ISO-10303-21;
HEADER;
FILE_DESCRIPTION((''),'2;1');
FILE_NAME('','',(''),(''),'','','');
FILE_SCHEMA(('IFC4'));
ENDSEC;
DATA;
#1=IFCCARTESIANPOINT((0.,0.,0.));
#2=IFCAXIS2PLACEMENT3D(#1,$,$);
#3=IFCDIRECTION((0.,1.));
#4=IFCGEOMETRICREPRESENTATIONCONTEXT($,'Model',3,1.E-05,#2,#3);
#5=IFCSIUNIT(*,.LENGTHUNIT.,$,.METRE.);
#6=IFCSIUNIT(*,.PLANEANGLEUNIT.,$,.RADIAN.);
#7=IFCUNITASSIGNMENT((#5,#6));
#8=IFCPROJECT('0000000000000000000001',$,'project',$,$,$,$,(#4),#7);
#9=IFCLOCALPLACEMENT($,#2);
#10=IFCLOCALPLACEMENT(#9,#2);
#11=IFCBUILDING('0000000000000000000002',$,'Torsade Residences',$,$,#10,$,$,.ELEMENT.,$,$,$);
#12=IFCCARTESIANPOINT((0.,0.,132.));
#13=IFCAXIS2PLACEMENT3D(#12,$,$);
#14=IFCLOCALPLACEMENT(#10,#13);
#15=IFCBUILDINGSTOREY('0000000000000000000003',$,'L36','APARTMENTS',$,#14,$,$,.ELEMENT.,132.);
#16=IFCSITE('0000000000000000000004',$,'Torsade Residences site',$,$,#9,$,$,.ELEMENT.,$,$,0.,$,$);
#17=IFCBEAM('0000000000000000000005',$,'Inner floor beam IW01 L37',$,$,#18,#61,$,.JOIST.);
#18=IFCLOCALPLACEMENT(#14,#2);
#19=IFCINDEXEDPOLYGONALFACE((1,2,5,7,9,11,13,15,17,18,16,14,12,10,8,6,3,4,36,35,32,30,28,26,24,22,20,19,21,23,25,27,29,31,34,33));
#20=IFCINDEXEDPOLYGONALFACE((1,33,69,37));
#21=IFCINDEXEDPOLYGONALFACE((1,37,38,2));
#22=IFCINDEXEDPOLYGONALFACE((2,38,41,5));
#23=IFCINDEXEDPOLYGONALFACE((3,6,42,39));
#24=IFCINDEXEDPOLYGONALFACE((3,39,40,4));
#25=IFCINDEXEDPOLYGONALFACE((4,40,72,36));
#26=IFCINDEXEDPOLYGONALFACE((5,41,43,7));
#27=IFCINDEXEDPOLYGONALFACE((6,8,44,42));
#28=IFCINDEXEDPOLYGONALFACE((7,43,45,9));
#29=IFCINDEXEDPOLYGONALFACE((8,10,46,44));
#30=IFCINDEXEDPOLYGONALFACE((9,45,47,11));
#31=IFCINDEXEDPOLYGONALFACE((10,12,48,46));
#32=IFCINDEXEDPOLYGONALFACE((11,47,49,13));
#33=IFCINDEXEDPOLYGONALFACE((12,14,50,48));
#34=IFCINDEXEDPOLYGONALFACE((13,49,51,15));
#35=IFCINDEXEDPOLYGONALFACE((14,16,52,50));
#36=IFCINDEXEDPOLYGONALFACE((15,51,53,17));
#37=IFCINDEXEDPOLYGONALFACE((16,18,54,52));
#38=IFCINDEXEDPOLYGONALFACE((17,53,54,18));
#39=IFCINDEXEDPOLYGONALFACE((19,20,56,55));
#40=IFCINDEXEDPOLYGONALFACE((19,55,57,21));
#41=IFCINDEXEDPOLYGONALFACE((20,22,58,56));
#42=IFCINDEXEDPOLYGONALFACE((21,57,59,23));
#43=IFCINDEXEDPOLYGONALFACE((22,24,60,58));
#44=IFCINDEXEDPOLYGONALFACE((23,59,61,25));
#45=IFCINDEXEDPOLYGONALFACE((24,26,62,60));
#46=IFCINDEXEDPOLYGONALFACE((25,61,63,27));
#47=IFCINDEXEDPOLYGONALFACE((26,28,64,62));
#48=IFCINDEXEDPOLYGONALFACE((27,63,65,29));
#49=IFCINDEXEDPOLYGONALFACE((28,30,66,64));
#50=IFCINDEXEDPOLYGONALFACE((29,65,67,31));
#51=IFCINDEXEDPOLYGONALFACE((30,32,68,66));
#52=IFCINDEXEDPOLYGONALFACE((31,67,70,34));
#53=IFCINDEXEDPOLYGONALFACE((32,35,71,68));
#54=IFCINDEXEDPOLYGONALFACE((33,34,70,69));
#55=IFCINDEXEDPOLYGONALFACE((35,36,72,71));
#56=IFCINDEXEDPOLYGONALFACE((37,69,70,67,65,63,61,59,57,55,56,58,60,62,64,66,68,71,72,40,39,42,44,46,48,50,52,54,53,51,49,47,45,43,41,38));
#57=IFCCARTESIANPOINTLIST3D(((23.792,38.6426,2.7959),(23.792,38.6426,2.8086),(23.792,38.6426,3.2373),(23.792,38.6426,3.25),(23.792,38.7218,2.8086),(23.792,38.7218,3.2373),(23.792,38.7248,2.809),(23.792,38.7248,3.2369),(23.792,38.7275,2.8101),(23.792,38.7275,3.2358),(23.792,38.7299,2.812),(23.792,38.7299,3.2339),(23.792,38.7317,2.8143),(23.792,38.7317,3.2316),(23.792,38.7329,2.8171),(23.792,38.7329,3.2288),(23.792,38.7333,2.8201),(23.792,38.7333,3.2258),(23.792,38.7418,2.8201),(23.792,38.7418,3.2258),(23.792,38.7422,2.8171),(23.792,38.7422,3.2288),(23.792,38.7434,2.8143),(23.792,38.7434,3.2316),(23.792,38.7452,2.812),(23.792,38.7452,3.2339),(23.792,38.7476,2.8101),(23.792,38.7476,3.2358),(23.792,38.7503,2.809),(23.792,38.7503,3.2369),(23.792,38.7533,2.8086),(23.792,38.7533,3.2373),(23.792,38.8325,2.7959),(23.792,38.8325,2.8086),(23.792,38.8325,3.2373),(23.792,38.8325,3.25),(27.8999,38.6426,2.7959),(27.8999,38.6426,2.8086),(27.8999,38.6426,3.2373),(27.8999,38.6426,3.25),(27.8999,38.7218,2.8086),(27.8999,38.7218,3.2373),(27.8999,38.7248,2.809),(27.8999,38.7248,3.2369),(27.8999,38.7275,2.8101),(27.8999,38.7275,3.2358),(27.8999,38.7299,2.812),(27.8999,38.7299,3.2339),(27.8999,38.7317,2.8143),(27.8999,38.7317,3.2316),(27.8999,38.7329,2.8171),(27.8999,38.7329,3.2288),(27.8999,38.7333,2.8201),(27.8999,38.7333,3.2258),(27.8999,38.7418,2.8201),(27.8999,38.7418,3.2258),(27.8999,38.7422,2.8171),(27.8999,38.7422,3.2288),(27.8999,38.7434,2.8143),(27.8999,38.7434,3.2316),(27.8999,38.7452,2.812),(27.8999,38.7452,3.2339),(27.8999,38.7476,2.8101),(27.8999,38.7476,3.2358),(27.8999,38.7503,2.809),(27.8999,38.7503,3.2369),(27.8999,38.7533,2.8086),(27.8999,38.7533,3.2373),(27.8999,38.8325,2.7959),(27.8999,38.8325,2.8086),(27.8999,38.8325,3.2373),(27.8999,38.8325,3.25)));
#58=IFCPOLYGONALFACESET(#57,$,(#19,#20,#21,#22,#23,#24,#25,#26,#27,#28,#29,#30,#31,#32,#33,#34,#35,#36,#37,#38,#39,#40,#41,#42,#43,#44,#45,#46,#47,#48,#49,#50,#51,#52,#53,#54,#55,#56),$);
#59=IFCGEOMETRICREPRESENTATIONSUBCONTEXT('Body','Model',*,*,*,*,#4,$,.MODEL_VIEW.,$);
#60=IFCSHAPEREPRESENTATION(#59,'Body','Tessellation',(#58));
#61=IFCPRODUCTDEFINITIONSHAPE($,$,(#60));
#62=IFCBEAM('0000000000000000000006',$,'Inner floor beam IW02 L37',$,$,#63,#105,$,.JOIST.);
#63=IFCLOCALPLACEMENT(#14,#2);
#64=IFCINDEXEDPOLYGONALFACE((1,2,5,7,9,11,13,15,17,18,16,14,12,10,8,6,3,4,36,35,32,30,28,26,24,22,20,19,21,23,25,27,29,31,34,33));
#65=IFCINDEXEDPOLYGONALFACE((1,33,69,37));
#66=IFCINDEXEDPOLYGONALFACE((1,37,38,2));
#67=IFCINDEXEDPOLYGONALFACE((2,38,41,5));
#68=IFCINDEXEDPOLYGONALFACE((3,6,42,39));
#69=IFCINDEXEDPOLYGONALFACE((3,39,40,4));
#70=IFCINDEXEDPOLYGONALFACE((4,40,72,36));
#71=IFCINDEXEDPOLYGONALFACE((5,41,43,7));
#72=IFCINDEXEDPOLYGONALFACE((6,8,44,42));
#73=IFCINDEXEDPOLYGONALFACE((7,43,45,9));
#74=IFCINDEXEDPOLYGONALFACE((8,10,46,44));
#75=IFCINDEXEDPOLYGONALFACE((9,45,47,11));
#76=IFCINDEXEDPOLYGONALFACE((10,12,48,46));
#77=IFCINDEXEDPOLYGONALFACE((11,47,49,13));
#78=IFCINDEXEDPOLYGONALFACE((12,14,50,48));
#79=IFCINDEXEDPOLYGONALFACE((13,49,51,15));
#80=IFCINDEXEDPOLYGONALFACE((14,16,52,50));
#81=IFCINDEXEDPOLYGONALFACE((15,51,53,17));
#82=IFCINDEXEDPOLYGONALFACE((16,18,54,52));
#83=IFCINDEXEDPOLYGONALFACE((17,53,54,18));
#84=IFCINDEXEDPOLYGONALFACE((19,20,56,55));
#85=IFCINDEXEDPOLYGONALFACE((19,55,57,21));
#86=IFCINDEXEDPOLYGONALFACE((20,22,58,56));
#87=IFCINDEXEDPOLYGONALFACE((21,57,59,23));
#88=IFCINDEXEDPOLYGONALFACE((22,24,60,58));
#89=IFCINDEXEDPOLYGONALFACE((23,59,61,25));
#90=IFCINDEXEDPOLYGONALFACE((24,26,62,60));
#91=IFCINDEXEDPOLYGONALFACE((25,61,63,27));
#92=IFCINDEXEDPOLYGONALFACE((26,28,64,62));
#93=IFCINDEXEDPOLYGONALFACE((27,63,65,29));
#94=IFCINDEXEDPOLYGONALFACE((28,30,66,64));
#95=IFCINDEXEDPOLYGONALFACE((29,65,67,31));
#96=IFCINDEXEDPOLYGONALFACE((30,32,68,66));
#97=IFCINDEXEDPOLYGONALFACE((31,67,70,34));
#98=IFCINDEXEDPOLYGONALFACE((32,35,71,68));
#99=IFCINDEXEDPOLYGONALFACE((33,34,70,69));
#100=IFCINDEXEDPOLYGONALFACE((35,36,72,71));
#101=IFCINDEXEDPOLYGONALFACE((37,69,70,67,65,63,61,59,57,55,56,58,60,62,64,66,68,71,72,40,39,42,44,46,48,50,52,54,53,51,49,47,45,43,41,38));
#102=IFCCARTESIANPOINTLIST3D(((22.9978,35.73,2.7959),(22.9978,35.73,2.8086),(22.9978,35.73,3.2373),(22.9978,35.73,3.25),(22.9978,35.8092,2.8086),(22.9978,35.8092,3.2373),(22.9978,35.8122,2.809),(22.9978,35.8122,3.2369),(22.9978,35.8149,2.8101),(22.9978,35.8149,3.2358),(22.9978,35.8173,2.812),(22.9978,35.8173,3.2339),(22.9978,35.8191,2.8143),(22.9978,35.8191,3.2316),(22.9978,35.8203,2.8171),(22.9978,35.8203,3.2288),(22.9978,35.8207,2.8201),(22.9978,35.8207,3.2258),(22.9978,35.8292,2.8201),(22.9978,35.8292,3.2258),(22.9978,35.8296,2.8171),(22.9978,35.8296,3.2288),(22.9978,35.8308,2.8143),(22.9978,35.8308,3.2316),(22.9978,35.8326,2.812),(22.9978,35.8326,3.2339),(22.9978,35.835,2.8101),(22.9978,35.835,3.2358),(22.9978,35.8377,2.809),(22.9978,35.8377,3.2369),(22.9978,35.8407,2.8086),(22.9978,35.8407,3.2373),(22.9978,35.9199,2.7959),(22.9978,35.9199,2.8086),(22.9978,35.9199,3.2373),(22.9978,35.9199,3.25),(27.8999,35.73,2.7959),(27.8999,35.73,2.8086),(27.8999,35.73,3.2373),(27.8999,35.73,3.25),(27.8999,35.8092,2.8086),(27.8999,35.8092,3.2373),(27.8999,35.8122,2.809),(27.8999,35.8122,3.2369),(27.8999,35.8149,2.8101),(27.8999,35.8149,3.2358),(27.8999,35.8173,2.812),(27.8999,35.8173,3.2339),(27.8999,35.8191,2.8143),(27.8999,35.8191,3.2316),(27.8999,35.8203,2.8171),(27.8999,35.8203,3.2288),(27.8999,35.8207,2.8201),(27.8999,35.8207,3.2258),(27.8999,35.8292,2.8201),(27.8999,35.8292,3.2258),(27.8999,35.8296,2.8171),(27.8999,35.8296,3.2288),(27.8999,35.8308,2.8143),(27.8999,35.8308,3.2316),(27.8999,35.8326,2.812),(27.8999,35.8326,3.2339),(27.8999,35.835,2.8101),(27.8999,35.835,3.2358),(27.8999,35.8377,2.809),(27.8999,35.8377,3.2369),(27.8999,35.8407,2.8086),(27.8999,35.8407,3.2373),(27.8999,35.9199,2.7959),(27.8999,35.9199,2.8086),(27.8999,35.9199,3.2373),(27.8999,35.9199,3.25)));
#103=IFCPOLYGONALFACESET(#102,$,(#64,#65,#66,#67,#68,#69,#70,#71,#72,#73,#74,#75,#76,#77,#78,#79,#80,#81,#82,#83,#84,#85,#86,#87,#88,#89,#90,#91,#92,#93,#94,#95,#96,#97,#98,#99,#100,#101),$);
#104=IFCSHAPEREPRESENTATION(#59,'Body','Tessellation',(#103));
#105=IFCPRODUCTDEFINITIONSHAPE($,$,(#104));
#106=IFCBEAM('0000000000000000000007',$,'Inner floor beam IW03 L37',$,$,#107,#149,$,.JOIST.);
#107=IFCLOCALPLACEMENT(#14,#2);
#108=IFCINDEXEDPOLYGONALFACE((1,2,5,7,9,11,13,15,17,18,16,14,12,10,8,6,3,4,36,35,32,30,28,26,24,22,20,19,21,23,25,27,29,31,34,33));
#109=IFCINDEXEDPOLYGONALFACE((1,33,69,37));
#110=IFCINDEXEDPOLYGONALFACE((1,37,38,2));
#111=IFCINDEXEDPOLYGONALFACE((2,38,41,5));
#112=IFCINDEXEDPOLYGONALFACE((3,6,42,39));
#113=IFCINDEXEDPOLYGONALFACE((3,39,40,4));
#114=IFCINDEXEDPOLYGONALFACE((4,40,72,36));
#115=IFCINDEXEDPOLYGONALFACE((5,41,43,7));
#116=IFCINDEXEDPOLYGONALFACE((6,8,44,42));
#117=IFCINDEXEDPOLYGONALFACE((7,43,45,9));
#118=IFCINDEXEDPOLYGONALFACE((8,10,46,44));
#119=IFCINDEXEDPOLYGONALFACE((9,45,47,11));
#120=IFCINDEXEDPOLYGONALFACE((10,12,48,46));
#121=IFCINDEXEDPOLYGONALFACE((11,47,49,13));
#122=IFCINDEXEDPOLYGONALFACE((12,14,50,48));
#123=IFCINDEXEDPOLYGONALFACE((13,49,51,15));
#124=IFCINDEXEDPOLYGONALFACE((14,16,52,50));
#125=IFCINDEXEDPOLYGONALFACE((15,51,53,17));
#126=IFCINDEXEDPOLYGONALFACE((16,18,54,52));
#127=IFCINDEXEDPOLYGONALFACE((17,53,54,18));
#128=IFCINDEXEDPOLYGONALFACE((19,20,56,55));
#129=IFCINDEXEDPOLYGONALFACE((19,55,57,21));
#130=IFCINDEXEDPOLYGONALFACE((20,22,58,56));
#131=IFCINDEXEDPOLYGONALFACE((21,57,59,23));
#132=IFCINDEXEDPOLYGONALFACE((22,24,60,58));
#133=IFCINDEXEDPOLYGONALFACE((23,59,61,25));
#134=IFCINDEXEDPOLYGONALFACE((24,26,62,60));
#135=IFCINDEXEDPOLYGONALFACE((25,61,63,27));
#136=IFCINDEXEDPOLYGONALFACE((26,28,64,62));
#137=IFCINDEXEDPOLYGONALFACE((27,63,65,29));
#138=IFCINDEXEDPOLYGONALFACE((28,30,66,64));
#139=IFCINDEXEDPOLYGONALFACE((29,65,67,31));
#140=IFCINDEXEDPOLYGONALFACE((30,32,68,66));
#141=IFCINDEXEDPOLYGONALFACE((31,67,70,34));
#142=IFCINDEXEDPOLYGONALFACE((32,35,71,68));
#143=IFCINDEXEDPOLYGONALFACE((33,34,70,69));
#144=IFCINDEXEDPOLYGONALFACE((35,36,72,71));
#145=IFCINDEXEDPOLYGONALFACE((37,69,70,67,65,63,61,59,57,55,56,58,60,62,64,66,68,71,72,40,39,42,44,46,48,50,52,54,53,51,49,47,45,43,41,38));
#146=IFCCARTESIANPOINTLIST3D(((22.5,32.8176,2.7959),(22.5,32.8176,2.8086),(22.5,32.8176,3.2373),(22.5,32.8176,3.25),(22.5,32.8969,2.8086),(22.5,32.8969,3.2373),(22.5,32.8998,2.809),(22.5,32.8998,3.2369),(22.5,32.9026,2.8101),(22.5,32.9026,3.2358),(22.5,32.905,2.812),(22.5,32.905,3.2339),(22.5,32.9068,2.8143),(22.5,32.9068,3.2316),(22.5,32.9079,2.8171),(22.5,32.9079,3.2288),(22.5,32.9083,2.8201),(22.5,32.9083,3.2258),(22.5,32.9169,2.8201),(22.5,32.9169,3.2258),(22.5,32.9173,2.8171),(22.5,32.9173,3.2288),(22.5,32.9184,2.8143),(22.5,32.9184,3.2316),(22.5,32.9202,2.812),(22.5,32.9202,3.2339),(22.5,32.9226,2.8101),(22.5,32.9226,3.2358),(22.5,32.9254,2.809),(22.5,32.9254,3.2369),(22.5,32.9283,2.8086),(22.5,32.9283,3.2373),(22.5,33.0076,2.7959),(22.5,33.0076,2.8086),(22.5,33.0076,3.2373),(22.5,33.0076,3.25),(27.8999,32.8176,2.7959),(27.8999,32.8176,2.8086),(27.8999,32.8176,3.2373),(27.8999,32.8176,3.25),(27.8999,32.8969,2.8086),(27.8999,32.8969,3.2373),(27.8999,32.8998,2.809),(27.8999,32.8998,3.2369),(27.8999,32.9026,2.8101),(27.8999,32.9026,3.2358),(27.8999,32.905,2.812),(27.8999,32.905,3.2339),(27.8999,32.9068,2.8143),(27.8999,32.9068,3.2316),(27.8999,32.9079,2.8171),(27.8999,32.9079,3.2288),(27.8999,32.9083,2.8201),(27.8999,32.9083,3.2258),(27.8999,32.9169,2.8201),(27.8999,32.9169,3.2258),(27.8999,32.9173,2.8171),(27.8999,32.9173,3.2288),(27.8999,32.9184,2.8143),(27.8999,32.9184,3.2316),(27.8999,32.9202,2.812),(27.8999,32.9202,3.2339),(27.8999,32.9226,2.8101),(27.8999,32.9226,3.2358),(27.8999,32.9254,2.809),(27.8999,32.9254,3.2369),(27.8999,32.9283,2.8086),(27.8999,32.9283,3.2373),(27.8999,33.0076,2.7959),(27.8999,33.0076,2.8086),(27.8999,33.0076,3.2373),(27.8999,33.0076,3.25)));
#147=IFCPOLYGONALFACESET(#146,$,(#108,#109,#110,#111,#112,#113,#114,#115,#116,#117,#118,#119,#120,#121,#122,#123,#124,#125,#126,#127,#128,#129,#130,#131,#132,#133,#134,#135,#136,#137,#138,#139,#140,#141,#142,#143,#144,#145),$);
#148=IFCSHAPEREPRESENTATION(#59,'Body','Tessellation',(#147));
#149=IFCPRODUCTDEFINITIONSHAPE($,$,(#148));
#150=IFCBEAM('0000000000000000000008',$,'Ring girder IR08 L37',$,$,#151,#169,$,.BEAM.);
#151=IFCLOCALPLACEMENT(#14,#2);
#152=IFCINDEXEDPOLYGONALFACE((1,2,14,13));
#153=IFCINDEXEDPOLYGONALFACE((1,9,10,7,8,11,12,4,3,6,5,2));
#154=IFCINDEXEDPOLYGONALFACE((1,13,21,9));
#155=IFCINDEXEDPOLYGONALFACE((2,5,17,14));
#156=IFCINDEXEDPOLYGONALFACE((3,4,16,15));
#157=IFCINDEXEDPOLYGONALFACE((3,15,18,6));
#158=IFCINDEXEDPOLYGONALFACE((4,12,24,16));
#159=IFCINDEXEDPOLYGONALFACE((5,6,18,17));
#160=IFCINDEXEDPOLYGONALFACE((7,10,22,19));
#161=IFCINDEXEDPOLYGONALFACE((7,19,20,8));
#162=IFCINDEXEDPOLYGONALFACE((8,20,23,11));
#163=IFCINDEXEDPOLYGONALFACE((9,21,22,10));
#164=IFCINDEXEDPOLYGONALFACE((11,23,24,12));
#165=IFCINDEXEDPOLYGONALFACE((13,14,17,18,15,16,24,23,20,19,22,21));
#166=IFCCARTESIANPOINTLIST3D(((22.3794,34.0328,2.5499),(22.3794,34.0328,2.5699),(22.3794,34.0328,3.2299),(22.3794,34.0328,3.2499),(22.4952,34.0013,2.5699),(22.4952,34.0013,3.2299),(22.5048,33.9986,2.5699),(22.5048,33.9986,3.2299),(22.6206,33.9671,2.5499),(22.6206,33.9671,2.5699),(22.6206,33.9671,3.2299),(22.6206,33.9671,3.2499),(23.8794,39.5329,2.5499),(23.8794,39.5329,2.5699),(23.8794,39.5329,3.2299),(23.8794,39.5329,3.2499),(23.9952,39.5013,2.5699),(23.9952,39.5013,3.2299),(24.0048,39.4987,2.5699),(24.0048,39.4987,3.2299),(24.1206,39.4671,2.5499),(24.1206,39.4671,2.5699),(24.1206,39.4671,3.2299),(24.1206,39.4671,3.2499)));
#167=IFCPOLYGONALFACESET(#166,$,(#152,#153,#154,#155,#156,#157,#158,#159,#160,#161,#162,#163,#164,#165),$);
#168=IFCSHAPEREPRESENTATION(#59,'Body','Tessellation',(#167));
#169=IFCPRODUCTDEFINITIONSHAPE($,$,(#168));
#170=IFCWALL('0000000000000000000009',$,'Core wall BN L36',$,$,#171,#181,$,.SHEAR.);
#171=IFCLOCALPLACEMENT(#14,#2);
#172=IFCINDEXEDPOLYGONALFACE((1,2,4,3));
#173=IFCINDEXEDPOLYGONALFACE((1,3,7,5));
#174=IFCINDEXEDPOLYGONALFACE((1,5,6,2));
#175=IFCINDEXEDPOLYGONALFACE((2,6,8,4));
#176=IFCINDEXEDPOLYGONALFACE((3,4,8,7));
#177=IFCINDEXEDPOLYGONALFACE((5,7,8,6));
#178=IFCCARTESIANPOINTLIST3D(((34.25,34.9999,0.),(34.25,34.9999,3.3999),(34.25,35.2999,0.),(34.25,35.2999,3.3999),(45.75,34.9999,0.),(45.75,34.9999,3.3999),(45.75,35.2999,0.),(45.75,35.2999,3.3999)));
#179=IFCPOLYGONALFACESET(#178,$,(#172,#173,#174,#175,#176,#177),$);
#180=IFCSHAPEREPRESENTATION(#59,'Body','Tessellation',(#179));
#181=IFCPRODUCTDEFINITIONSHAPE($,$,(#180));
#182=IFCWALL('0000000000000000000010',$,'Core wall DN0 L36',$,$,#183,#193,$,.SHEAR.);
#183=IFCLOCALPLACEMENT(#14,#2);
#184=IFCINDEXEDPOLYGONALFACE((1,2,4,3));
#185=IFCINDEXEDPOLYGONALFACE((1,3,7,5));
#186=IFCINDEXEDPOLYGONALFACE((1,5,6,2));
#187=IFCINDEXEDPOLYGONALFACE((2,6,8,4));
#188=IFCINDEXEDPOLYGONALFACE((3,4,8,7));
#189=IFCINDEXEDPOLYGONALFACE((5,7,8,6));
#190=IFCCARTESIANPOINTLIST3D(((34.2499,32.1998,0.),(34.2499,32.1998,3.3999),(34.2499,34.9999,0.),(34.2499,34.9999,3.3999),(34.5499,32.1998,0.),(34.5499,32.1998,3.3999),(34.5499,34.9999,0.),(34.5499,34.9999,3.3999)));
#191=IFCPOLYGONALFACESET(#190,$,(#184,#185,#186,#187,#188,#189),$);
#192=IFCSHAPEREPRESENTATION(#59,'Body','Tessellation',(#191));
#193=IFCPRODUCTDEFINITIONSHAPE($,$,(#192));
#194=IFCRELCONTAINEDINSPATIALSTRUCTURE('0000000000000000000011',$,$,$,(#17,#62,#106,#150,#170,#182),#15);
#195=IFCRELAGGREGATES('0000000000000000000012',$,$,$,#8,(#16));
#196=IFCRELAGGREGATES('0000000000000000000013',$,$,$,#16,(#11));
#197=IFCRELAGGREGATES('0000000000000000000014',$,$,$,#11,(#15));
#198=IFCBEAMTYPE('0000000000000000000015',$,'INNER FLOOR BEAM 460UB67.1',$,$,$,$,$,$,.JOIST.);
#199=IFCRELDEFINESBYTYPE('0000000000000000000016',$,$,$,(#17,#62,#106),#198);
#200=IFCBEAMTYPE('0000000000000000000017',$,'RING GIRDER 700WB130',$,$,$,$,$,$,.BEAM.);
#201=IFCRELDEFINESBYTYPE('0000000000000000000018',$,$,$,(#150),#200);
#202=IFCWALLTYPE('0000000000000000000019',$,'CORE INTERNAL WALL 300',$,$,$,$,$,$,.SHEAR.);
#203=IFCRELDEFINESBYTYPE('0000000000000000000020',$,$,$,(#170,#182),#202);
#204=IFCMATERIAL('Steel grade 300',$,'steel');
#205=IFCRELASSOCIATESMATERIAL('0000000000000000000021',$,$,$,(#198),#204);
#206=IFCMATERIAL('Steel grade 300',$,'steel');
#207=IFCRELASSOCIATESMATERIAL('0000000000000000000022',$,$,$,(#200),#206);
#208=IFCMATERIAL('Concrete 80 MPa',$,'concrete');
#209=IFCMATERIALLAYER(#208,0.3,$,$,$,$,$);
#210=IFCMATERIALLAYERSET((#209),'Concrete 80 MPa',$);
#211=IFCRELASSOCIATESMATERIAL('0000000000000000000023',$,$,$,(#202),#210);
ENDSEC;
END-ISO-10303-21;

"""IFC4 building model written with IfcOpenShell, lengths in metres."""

from ifc_helpers import new_model, si_unit, direction, frame, frame_2d, origin, origin_2d, place, context, subcontext, project, spatial, rectangle, i_section, extrude, material, layer, layer_set, material_profile, profile_set, type_object, element, save


model = new_model("IFC4")

# Units and contexts
model_context = context("Model", 3, precision=1e-05, world=origin(), true_north=direction((0.0, 1.0)))
body_context = subcontext(model_context, "Body", "Model", "MODEL_VIEW")
ifc_project = project(units=[si_unit("LENGTHUNIT", "METRE"), si_unit("PLANEANGLEUNIT", "RADIAN")], contexts=[model_context])

# Site, building, storey
site_placement = place(None, origin())
site = spatial("IfcSite", under=ifc_project, at=site_placement, Name="Torsade Residences site", CompositionType="ELEMENT", RefElevation=0.0)
building_placement = place(site_placement, origin())
building = spatial("IfcBuilding", under=site, at=building_placement, Name="Torsade Residences", CompositionType="ELEMENT")
storey_placement = place(building_placement, frame((0.0, 0.0, 132.0)))
storey = spatial("IfcBuildingStorey", under=building, at=storey_placement, Name="L36", Description="APARTMENTS", CompositionType="ELEMENT", Elevation=132.0)

# Beams
ifc_material_1 = material(Name="Steel grade 300", Category="steel")
ifc_material_profile_1 = material_profile(ifc_material_1, i_section(OverallWidth=0.1899, OverallDepth=0.4541, WebThickness=0.0085, FlangeThickness=0.0127, FilletRadius=0.0115, at=origin_2d()), Name="460UB67.1")
ifc_profile_set_1 = profile_set([ifc_material_profile_1], Name="Steel grade 300")
beam_type_1 = type_object("IfcBeamType", Name="INNER FLOOR BEAM 460UB67.1", PredefinedType="JOIST", material=ifc_profile_set_1)
beam_1_placement = place(storey_placement, frame((27.8999, 38.7375, 3.0229), z_axis=(-1.0, 0.0, 0.0), x_axis=(0.0, -1.0, 0.0)))
element("IfcBeam", 1, at=beam_1_placement, inside=storey, type_object=beam_type_1, Name="Inner floor beam IW01 L37", PredefinedType="JOIST", context=body_context, shape_type="SweptSolid", body=[
    extrude(i_section(OverallWidth=0.1899, OverallDepth=0.4541, WebThickness=0.0085, FlangeThickness=0.0127, FilletRadius=0.0115, at=origin_2d()), origin(), (0.0, 0.0, 1.0), 4.1079),
])
beam_2_placement = place(storey_placement, frame((27.8999, 35.825, 3.0229), z_axis=(-1.0, 0.0, 0.0), x_axis=(0.0, -1.0, 0.0)))
element("IfcBeam", 2, at=beam_2_placement, inside=storey, type_object=beam_type_1, Name="Inner floor beam IW02 L37", PredefinedType="JOIST", context=body_context, shape_type="SweptSolid", body=[
    extrude(i_section(OverallWidth=0.1899, OverallDepth=0.4541, WebThickness=0.0085, FlangeThickness=0.0127, FilletRadius=0.0115, at=origin_2d()), origin(), (0.0, 0.0, 1.0), 4.9021),
])
beam_3_placement = place(storey_placement, frame((27.8999, 32.9126, 3.0229), z_axis=(-1.0, 0.0, 0.0), x_axis=(0.0, -1.0, 0.0)))
element("IfcBeam", 3, at=beam_3_placement, inside=storey, type_object=beam_type_1, Name="Inner floor beam IW03 L37", PredefinedType="JOIST", context=body_context, shape_type="SweptSolid", body=[
    extrude(i_section(OverallWidth=0.1899, OverallDepth=0.4541, WebThickness=0.0085, FlangeThickness=0.0127, FilletRadius=0.0115, at=origin_2d()), origin(), (0.0, 0.0, 1.0), 5.3999),
])
ifc_material_2 = material(Name="Steel grade 300", Category="steel")
ifc_material_profile_2 = material_profile(ifc_material_2, i_section(OverallWidth=0.25, OverallDepth=0.7, WebThickness=0.01, FlangeThickness=0.02, at=origin_2d()), Name="700WB130")
ifc_profile_set_2 = profile_set([ifc_material_profile_2], Name="Steel grade 300")
beam_type_2 = type_object("IfcBeamType", Name="RING GIRDER 700WB130", PredefinedType="BEAM", material=ifc_profile_set_2)
beam_4_placement = place(storey_placement, frame((24.0, 39.5, 2.8999), z_axis=(-0.263117, -0.964764, 0.0), x_axis=(0.964764, -0.263117, 0.0)))
element("IfcBeam", 4, at=beam_4_placement, inside=storey, type_object=beam_type_2, Name="Ring girder IR08 L37", PredefinedType="BEAM", context=body_context, shape_type="SweptSolid", body=[
    extrude(i_section(OverallWidth=0.25, OverallDepth=0.7, WebThickness=0.01, FlangeThickness=0.02, at=origin_2d()), origin(), (0.0, 0.0, 1.0), 5.7009),
])

# Walls
ifc_material_3 = material(Name="Concrete 80 MPa", Category="concrete")
ifc_layer_1 = layer(ifc_material_3, 0.3)
ifc_layer_set_1 = layer_set([ifc_layer_1], Name="Concrete 80 MPa")
wall_type_1 = type_object("IfcWallType", Name="CORE INTERNAL WALL 300", PredefinedType="SHEAR", material=ifc_layer_set_1)
wall_1_placement = place(storey_placement, frame((34.25, 35.1499, 0.0), z_axis=(0.0, 0.0, 1.0), x_axis=(1.0, 0.0, 0.0)))
element("IfcWall", 5, at=wall_1_placement, inside=storey, type_object=wall_type_1, Name="Core wall BN L36", PredefinedType="SHEAR", context=body_context, shape_type="SweptSolid", body=[
    extrude(rectangle(XDim=11.5, YDim=0.3, at=frame_2d((5.75, 0.0))), origin(), (0.0, 0.0, 1.0), 3.3999),
])
wall_2_placement = place(storey_placement, frame((34.3999, 32.2, 0.0), z_axis=(0.0, 0.0, 1.0), x_axis=(0.0, 1.0, 0.0)))
element("IfcWall", 6, at=wall_2_placement, inside=storey, type_object=wall_type_1, Name="Core wall DN0 L36", PredefinedType="SHEAR", context=body_context, shape_type="SweptSolid", body=[
    extrude(rectangle(XDim=2.8, YDim=0.3, at=frame_2d((1.3999, 0.0))), origin(), (0.0, 0.0, 1.0), 3.3999),
])

save(model, "model.ifc")
